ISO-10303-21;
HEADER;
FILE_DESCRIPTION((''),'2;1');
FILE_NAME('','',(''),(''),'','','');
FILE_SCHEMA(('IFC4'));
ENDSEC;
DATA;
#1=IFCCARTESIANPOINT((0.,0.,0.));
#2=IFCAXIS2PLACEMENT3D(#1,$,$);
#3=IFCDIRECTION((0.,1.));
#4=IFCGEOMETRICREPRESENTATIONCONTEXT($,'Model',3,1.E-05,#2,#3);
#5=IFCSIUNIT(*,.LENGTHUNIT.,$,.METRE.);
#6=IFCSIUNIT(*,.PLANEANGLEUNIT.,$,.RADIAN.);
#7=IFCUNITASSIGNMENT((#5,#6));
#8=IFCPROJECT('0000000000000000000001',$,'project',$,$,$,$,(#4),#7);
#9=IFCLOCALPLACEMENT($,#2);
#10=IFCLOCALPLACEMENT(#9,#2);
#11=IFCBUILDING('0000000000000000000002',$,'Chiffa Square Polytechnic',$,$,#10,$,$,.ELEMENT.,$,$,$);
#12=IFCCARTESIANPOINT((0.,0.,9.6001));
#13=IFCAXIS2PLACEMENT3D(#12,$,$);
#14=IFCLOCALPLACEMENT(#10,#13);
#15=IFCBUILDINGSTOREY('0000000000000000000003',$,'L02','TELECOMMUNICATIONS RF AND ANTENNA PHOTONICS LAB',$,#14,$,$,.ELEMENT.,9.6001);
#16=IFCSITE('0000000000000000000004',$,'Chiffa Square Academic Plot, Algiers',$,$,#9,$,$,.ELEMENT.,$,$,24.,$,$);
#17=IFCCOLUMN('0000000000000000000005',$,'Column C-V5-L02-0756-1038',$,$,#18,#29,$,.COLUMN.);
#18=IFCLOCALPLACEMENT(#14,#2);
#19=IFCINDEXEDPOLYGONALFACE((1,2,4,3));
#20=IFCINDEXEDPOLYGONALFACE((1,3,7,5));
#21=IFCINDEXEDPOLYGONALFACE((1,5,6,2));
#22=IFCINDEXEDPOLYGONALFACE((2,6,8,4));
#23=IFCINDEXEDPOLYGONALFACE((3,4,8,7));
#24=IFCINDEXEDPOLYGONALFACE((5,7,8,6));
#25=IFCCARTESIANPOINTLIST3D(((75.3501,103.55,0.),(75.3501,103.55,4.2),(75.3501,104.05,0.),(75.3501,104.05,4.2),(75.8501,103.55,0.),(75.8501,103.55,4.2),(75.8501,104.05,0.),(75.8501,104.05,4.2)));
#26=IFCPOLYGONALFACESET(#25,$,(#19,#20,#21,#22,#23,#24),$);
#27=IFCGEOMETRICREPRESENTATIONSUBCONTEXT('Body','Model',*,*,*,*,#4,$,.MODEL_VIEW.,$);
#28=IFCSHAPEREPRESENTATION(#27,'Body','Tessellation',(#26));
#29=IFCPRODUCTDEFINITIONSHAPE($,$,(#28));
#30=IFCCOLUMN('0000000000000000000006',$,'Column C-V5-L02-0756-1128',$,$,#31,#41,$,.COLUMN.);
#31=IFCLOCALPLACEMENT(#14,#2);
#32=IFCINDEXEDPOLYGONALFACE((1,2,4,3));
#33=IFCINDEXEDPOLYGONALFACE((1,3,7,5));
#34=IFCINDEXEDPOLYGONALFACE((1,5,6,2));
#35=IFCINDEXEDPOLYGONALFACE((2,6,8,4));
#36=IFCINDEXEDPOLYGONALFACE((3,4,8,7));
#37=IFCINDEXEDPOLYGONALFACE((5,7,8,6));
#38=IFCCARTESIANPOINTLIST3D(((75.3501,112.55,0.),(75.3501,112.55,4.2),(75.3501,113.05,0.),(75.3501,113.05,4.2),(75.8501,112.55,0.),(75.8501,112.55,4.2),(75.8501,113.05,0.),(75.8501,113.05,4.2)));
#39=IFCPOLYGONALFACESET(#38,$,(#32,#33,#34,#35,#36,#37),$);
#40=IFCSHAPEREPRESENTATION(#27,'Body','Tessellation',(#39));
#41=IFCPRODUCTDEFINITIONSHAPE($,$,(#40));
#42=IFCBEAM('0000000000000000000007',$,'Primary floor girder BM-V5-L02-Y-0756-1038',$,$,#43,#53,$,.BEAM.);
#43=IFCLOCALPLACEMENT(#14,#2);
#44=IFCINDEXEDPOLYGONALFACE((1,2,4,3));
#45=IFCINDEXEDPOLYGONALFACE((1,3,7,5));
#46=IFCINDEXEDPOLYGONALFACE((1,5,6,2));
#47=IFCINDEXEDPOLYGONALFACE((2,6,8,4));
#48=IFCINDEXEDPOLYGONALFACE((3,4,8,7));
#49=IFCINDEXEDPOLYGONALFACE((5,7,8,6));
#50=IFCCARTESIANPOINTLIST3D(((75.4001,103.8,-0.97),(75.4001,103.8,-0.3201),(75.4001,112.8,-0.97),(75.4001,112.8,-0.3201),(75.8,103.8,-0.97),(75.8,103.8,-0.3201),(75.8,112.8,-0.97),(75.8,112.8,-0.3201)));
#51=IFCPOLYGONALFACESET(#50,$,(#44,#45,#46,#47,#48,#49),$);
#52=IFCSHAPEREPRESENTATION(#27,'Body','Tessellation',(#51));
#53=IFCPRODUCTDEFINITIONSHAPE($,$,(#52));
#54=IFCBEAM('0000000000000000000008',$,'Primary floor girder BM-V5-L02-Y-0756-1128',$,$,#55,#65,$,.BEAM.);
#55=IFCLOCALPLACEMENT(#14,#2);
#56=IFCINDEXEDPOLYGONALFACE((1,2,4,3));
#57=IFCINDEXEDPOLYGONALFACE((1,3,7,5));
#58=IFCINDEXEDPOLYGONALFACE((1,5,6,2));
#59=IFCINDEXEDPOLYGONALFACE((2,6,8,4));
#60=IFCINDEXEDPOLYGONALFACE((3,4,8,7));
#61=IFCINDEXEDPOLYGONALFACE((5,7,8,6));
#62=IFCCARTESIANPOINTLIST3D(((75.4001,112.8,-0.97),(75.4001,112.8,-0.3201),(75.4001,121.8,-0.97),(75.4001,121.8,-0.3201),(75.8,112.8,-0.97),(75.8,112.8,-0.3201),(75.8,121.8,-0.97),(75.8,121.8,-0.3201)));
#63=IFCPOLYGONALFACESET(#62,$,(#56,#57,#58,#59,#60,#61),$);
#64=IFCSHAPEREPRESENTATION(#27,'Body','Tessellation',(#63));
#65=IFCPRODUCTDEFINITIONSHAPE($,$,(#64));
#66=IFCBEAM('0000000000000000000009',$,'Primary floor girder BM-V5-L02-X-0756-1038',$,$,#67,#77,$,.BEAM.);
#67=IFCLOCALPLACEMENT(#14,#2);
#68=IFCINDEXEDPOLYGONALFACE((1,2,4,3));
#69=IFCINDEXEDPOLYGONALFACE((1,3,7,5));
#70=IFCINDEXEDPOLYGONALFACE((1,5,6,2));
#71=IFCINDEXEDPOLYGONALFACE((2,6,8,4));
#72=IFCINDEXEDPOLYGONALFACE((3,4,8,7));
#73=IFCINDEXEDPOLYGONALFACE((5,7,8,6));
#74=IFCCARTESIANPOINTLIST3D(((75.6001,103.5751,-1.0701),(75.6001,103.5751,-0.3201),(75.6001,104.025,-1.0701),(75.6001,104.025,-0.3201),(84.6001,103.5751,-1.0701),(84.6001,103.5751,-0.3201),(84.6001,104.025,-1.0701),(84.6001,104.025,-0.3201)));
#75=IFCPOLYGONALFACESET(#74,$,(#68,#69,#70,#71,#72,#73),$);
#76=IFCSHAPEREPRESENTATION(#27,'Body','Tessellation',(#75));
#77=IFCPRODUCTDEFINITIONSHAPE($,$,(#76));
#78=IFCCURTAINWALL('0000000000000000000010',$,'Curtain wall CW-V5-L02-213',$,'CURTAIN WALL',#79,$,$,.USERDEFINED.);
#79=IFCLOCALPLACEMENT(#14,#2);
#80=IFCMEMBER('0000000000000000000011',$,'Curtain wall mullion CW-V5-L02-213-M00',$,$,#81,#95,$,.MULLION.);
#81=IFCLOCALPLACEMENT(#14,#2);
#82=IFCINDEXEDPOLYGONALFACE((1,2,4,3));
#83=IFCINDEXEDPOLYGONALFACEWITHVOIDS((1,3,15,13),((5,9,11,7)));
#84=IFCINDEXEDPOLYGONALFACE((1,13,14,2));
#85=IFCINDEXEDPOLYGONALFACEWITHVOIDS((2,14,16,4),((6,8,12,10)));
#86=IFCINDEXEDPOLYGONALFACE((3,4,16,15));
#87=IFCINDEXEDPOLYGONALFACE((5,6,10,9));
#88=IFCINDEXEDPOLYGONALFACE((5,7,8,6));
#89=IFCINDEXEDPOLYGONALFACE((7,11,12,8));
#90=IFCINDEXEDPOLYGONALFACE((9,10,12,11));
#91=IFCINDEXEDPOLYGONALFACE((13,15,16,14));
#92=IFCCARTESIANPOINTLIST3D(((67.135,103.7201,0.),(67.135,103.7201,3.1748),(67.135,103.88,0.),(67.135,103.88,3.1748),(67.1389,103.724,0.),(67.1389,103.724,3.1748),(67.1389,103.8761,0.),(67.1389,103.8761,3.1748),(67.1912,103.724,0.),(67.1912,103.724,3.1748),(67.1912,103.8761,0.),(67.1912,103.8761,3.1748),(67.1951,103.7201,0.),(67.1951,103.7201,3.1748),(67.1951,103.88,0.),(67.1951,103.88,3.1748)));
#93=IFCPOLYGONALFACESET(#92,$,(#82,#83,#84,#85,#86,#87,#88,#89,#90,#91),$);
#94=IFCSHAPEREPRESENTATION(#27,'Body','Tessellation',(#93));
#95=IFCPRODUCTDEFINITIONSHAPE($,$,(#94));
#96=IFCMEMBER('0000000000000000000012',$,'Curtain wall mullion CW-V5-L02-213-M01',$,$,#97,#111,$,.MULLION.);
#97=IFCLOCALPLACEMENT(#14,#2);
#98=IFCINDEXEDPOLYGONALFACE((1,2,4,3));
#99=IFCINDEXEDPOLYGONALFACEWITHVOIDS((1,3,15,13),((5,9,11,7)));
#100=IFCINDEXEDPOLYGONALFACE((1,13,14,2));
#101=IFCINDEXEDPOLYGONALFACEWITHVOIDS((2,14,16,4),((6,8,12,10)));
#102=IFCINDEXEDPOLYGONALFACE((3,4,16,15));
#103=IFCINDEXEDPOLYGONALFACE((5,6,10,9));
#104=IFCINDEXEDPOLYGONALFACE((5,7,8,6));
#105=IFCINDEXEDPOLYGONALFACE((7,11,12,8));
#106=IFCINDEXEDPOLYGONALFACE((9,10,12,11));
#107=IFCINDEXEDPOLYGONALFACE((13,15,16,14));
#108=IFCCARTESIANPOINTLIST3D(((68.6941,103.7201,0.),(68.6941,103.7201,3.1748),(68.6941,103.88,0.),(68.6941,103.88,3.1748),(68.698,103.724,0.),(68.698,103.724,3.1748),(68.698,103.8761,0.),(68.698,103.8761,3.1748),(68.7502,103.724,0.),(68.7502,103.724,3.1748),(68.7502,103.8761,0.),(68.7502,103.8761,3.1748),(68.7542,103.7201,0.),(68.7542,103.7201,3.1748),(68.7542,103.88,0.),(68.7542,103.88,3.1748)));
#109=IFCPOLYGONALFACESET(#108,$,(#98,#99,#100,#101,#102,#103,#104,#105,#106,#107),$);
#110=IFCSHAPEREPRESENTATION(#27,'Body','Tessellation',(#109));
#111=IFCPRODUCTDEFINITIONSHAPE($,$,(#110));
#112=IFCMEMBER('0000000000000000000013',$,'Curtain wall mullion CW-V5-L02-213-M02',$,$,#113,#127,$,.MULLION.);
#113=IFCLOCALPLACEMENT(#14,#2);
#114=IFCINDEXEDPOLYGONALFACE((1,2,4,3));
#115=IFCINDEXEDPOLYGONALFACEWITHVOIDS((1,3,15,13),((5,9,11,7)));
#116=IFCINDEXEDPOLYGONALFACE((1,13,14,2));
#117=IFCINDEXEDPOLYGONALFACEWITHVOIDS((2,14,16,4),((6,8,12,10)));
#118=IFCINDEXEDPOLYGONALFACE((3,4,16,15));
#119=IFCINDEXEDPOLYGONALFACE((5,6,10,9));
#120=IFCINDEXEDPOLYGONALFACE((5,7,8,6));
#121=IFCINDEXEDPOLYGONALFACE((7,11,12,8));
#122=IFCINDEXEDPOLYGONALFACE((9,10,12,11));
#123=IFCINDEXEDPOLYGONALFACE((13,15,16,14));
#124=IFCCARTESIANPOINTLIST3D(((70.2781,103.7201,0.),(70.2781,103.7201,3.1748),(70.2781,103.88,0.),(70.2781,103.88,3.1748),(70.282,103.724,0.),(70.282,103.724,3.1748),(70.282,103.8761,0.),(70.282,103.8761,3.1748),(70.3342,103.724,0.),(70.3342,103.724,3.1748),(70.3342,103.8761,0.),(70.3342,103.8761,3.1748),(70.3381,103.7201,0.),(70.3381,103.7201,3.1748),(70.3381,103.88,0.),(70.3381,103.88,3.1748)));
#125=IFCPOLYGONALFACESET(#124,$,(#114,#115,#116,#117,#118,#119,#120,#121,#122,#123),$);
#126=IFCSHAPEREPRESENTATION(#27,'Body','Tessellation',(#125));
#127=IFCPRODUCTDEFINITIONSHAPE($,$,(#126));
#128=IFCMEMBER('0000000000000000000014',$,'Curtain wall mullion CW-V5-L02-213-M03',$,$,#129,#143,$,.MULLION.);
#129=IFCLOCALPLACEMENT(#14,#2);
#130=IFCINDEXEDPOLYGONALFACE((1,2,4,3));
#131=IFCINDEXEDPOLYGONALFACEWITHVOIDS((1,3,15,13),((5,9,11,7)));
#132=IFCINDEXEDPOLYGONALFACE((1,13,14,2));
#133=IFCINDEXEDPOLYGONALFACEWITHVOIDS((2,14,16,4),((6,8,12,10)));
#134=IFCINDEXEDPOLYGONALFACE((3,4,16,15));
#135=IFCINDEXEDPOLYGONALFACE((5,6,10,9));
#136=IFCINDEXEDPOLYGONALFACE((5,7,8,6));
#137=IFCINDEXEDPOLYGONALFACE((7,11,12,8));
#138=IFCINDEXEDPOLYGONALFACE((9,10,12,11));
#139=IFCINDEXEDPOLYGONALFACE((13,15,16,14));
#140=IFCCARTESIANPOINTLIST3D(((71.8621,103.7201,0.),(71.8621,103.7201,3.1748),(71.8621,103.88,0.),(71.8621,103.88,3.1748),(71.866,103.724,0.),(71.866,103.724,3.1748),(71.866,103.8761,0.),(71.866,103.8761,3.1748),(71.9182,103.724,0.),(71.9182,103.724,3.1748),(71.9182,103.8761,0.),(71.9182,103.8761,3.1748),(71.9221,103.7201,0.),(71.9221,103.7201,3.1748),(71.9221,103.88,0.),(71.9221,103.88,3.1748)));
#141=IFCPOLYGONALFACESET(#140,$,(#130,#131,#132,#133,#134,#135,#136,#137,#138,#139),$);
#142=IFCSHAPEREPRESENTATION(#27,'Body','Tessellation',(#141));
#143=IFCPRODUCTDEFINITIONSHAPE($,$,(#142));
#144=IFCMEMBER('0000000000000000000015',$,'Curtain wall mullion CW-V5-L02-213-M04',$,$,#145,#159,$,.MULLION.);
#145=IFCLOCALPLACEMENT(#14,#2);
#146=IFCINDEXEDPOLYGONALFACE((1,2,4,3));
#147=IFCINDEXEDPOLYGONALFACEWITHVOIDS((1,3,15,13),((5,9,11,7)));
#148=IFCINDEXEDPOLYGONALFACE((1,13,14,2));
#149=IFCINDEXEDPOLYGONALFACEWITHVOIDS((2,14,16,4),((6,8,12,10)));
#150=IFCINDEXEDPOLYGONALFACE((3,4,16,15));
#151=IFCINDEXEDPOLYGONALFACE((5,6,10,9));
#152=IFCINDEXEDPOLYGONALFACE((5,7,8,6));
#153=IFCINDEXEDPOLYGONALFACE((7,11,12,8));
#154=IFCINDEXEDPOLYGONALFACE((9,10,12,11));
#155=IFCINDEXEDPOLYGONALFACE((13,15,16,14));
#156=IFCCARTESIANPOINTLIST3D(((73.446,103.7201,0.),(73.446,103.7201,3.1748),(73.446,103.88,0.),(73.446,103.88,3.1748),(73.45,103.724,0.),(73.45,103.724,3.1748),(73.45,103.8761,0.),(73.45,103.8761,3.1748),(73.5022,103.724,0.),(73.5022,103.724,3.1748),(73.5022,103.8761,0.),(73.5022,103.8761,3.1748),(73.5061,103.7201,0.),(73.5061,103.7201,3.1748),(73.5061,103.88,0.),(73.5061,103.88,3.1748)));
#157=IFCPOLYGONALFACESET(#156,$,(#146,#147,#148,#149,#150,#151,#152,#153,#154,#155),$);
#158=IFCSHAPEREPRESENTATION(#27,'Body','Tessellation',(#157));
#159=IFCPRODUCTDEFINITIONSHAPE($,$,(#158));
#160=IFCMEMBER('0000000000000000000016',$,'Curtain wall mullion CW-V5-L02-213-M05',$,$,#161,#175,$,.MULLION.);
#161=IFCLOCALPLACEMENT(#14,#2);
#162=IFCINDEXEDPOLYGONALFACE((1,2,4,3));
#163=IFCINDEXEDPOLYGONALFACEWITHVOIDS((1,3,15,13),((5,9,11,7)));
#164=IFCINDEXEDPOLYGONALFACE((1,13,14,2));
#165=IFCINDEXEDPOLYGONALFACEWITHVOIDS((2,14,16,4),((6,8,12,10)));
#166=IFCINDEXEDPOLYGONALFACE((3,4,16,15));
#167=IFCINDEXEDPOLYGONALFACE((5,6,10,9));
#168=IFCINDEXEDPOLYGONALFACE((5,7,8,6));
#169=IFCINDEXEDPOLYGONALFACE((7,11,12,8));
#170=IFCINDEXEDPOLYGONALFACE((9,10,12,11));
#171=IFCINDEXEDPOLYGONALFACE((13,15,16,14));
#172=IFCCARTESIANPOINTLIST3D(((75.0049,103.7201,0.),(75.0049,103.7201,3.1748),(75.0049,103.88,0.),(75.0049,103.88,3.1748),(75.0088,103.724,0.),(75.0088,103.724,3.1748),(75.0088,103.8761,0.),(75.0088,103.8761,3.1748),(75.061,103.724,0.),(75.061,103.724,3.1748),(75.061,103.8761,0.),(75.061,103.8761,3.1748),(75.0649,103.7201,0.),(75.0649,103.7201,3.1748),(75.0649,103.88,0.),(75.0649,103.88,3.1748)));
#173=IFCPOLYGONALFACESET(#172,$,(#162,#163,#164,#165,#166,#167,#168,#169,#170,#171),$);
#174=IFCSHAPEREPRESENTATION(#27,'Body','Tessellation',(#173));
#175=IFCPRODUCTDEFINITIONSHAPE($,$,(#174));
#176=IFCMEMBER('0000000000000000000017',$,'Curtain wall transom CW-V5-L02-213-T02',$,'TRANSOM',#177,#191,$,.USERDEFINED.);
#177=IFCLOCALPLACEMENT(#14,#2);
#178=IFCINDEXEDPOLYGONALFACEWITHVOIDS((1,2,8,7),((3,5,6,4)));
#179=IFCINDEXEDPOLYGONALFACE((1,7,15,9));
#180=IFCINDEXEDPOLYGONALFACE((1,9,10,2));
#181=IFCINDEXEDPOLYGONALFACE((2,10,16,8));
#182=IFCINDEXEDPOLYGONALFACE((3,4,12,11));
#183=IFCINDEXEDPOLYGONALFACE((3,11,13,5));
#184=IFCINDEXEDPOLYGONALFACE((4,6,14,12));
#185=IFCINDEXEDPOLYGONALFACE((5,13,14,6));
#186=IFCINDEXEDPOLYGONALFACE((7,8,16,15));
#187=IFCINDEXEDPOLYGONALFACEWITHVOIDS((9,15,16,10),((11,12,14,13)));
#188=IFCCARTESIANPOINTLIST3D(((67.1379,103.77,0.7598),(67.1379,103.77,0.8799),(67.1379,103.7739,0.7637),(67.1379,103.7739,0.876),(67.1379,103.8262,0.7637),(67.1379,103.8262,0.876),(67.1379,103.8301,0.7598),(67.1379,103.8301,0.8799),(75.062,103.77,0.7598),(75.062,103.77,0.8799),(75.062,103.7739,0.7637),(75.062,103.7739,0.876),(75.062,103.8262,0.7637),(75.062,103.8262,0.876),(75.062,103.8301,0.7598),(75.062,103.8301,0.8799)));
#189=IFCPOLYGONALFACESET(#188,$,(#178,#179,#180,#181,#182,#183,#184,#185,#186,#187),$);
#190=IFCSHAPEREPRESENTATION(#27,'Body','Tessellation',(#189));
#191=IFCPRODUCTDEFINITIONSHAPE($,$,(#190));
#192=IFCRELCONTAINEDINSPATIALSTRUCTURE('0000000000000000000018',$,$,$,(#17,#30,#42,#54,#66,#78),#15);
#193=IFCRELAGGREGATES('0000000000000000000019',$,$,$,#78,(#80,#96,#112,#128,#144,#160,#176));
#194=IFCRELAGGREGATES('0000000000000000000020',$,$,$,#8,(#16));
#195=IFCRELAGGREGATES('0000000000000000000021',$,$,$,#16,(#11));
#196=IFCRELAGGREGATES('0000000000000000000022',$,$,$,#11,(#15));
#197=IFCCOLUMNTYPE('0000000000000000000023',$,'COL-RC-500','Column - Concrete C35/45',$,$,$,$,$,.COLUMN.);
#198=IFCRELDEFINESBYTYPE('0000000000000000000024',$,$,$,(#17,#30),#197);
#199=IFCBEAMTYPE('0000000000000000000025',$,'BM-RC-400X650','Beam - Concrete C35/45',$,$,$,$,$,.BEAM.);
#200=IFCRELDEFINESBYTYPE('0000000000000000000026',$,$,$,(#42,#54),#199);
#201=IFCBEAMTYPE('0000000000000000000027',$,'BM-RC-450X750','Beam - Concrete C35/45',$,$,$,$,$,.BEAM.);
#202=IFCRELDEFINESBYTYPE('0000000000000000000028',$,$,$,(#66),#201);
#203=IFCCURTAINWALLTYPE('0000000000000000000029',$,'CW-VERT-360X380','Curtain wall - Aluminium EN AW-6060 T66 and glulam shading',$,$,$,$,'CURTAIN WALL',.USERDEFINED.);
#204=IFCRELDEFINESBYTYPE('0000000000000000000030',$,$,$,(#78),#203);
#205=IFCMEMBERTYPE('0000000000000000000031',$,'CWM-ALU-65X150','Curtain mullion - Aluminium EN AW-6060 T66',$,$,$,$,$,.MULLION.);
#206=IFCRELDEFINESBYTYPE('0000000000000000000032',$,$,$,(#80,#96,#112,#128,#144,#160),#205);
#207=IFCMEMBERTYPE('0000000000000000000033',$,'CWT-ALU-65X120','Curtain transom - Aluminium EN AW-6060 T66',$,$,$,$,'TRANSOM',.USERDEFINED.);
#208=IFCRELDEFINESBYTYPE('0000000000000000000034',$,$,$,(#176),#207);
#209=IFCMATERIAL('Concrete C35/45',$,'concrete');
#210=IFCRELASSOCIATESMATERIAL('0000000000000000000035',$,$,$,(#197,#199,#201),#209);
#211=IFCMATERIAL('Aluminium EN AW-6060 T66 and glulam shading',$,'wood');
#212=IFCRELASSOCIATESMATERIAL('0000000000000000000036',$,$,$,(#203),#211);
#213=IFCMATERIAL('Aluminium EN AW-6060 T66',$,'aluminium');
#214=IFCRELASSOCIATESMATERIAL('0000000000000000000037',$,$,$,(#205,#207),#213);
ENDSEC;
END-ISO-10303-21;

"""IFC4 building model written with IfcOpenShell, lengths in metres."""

from ifc_helpers import new_model, si_unit, direction, frame, origin, origin_2d, place, context, subcontext, project, spatial, rectangle, hollow_rectangle, extrude, material, material_profile, profile_set, type_object, element, aggregate, save


model = new_model("IFC4")

# Units and contexts
model_context = context("Model", 3, precision=1e-05, world=origin(), true_north=direction((0.0, 1.0)))
body_context = subcontext(model_context, "Body", "Model", "MODEL_VIEW")
ifc_project = project(units=[si_unit("LENGTHUNIT", "METRE"), si_unit("PLANEANGLEUNIT", "RADIAN")], contexts=[model_context])

# Site, building, storey
site_placement = place(None, origin())
site = spatial("IfcSite", under=ifc_project, at=site_placement, Name="Chiffa Square Academic Plot, Algiers", CompositionType="ELEMENT", RefElevation=24.0)
building_placement = place(site_placement, origin())
building = spatial("IfcBuilding", under=site, at=building_placement, Name="Chiffa Square Polytechnic", CompositionType="ELEMENT")
storey_placement = place(building_placement, frame((0.0, 0.0, 9.6001)))
storey = spatial("IfcBuildingStorey", under=building, at=storey_placement, Name="L02", Description="TELECOMMUNICATIONS RF AND ANTENNA PHOTONICS LAB", CompositionType="ELEMENT", Elevation=9.6001)

# Columns
ifc_material_1 = material(Name="Concrete C35/45", Category="concrete")
ifc_material_profile_1 = material_profile(ifc_material_1, rectangle(XDim=0.5, YDim=0.5, at=origin_2d()), Name="RC 500x500")
ifc_profile_set_1 = profile_set([ifc_material_profile_1], Name="Concrete C35/45")
column_type = type_object("IfcColumnType", Name="COL-RC-500", Description="Column - Concrete C35/45", PredefinedType="COLUMN", material=ifc_profile_set_1)
for number, where, z_axis, x_axis, name in (
    (1, (75.6001, 103.8, 0.0), (0.0, 0.0, 1.0), (1.0, 0.0, 0.0), "Column C-V5-L02-0756-1038"),
    (2, (75.6001, 112.8, 0.0), (0.0, 0.0, 1.0), (1.0, 0.0, 0.0), "Column C-V5-L02-0756-1128"),
):
    element("IfcColumn", number, at=place(storey_placement, frame(where, z_axis=z_axis, x_axis=x_axis)), inside=storey, type_object=column_type, Name=name, PredefinedType="COLUMN", context=body_context, shape_type="SweptSolid", body=[
        extrude(rectangle(XDim=0.5, YDim=0.5, at=origin_2d()), origin(), (0.0, 0.0, 1.0), 4.2),
    ])

# Beams
ifc_material_profile_2 = material_profile(ifc_material_1, rectangle(XDim=0.3999, YDim=0.6499, at=origin_2d()), Name="RC 400x650")
ifc_profile_set_2 = profile_set([ifc_material_profile_2], Name="Concrete C35/45")
beam_type_1 = type_object("IfcBeamType", Name="BM-RC-400X650", Description="Beam - Concrete C35/45", PredefinedType="BEAM", material=ifc_profile_set_2)
for number, where, z_axis, x_axis, name in (
    (3, (75.6001, 103.8, -0.645), (0.0, 1.0, 0.0), (-1.0, 0.0, 0.0), "Primary floor girder BM-V5-L02-Y-0756-1038"),
    (4, (75.6001, 112.8, -0.645), (0.0, 1.0, 0.0), (-1.0, 0.0, 0.0), "Primary floor girder BM-V5-L02-Y-0756-1128"),
):
    element("IfcBeam", number, at=place(storey_placement, frame(where, z_axis=z_axis, x_axis=x_axis)), inside=storey, type_object=beam_type_1, Name=name, PredefinedType="BEAM", context=body_context, shape_type="SweptSolid", body=[
        extrude(rectangle(XDim=0.3999, YDim=0.6499, at=origin_2d()), origin(), (0.0, 0.0, 1.0), 9.0),
    ])
ifc_material_profile_3 = material_profile(ifc_material_1, rectangle(XDim=0.45, YDim=0.75, at=origin_2d()), Name="RC 450x750")
ifc_profile_set_3 = profile_set([ifc_material_profile_3], Name="Concrete C35/45")
beam_type_2 = type_object("IfcBeamType", Name="BM-RC-450X750", Description="Beam - Concrete C35/45", PredefinedType="BEAM", material=ifc_profile_set_3)
beam_placement = place(storey_placement, frame((75.6001, 103.8, -0.6951), z_axis=(1.0, 0.0, 0.0), x_axis=(0.0, 1.0, 0.0)))
element("IfcBeam", 5, at=beam_placement, inside=storey, type_object=beam_type_2, Name="Primary floor girder BM-V5-L02-X-0756-1038", PredefinedType="BEAM", context=body_context, shape_type="SweptSolid", body=[
    extrude(rectangle(XDim=0.45, YDim=0.75, at=origin_2d()), origin(), (0.0, 0.0, 1.0), 9.0),
])

# Curtain wall, members
ifc_material_2 = material(Name="Aluminium EN AW-6060 T66 and glulam shading", Category="wood")
curtain_wall_type = type_object("IfcCurtainWallType", Name="CW-VERT-360X380", Description="Curtain wall - Aluminium EN AW-6060 T66 and glulam shading", ElementType="CURTAIN WALL", PredefinedType="USERDEFINED", material=ifc_material_2)
curtain_wall_placement = place(storey_placement, origin())
curtain_wall = element("IfcCurtainWall", 6, at=curtain_wall_placement, inside=storey, type_object=curtain_wall_type, Name="Curtain wall CW-V5-L02-213", ObjectType="CURTAIN WALL", PredefinedType="USERDEFINED")
ifc_material_3 = material(Name="Aluminium EN AW-6060 T66", Category="aluminium")
ifc_material_profile_4 = material_profile(ifc_material_3, hollow_rectangle(XDim=0.0601, YDim=0.1599, WallThickness=0.0039, at=origin_2d()), Name="ALU 60x160x4")
ifc_profile_set_4 = profile_set([ifc_material_profile_4], Name="Aluminium EN AW-6060 T66")
member_type_1 = type_object("IfcMemberType", Name="CWM-ALU-65X150", Description="Curtain mullion - Aluminium EN AW-6060 T66", PredefinedType="MULLION", material=ifc_profile_set_4)
member_1_placement = place(storey_placement, frame((67.165, 103.8, 0.0), z_axis=(0.0, 0.0, 1.0), x_axis=(1.0, 0.0, 0.0)))
member_1 = element("IfcMember", 7, at=member_1_placement, type_object=member_type_1, Name="Curtain wall mullion CW-V5-L02-213-M00", PredefinedType="MULLION", context=body_context, shape_type="SweptSolid", body=[
    extrude(hollow_rectangle(XDim=0.0601, YDim=0.1599, WallThickness=0.0039, at=origin_2d()), origin(), (0.0, 0.0, 1.0), 3.1748),
])
member_2_placement = place(storey_placement, frame((68.7241, 103.8, 0.0), z_axis=(0.0, 0.0, 1.0), x_axis=(1.0, 0.0, 0.0)))
member_2 = element("IfcMember", 8, at=member_2_placement, type_object=member_type_1, Name="Curtain wall mullion CW-V5-L02-213-M01", PredefinedType="MULLION", context=body_context, shape_type="SweptSolid", body=[
    extrude(hollow_rectangle(XDim=0.0601, YDim=0.1599, WallThickness=0.0039, at=origin_2d()), origin(), (0.0, 0.0, 1.0), 3.1748),
])
member_3_placement = place(storey_placement, frame((70.3081, 103.8, 0.0), z_axis=(0.0, 0.0, 1.0), x_axis=(1.0, 0.0, 0.0)))
member_3 = element("IfcMember", 9, at=member_3_placement, type_object=member_type_1, Name="Curtain wall mullion CW-V5-L02-213-M02", PredefinedType="MULLION", context=body_context, shape_type="SweptSolid", body=[
    extrude(hollow_rectangle(XDim=0.0601, YDim=0.1599, WallThickness=0.0039, at=origin_2d()), origin(), (0.0, 0.0, 1.0), 3.1748),
])
member_4_placement = place(storey_placement, frame((71.8921, 103.8, 0.0), z_axis=(0.0, 0.0, 1.0), x_axis=(1.0, 0.0, 0.0)))
member_4 = element("IfcMember", 10, at=member_4_placement, type_object=member_type_1, Name="Curtain wall mullion CW-V5-L02-213-M03", PredefinedType="MULLION", context=body_context, shape_type="SweptSolid", body=[
    extrude(hollow_rectangle(XDim=0.0601, YDim=0.1599, WallThickness=0.0039, at=origin_2d()), origin(), (0.0, 0.0, 1.0), 3.1748),
])
member_5_placement = place(storey_placement, frame((73.4761, 103.8, 0.0), z_axis=(0.0, 0.0, 1.0), x_axis=(1.0, 0.0, 0.0)))
member_5 = element("IfcMember", 11, at=member_5_placement, type_object=member_type_1, Name="Curtain wall mullion CW-V5-L02-213-M04", PredefinedType="MULLION", context=body_context, shape_type="SweptSolid", body=[
    extrude(hollow_rectangle(XDim=0.0601, YDim=0.1599, WallThickness=0.0039, at=origin_2d()), origin(), (0.0, 0.0, 1.0), 3.1748),
])
member_6_placement = place(storey_placement, frame((75.0349, 103.8, 0.0), z_axis=(0.0, 0.0, 1.0), x_axis=(1.0, 0.0, 0.0)))
member_6 = element("IfcMember", 12, at=member_6_placement, type_object=member_type_1, Name="Curtain wall mullion CW-V5-L02-213-M05", PredefinedType="MULLION", context=body_context, shape_type="SweptSolid", body=[
    extrude(hollow_rectangle(XDim=0.0601, YDim=0.1599, WallThickness=0.0039, at=origin_2d()), origin(), (0.0, 0.0, 1.0), 3.1748),
])
ifc_material_profile_5 = material_profile(ifc_material_3, hollow_rectangle(XDim=0.0601, YDim=0.1201, WallThickness=0.0039, at=origin_2d()), Name="ALU 60x120x4")
ifc_profile_set_5 = profile_set([ifc_material_profile_5], Name="Aluminium EN AW-6060 T66")
member_type_2 = type_object("IfcMemberType", Name="CWT-ALU-65X120", Description="Curtain transom - Aluminium EN AW-6060 T66", ElementType="TRANSOM", PredefinedType="USERDEFINED", material=ifc_profile_set_5)
member_7_placement = place(storey_placement, frame((67.1379, 103.8, 0.8198), z_axis=(1.0, 0.0, 0.0), x_axis=(0.0, 1.0, 0.0)))
member_7 = element("IfcMember", 13, at=member_7_placement, type_object=member_type_2, Name="Curtain wall transom CW-V5-L02-213-T02", ObjectType="TRANSOM", PredefinedType="USERDEFINED", context=body_context, shape_type="SweptSolid", body=[
    extrude(hollow_rectangle(XDim=0.0601, YDim=0.1201, WallThickness=0.0039, at=origin_2d()), origin(), (0.0, 0.0, 1.0), 7.9241),
])

aggregate(curtain_wall, [member_1, member_2, member_3, member_4, member_5, member_6, member_7])

save(model, "model.ifc")
